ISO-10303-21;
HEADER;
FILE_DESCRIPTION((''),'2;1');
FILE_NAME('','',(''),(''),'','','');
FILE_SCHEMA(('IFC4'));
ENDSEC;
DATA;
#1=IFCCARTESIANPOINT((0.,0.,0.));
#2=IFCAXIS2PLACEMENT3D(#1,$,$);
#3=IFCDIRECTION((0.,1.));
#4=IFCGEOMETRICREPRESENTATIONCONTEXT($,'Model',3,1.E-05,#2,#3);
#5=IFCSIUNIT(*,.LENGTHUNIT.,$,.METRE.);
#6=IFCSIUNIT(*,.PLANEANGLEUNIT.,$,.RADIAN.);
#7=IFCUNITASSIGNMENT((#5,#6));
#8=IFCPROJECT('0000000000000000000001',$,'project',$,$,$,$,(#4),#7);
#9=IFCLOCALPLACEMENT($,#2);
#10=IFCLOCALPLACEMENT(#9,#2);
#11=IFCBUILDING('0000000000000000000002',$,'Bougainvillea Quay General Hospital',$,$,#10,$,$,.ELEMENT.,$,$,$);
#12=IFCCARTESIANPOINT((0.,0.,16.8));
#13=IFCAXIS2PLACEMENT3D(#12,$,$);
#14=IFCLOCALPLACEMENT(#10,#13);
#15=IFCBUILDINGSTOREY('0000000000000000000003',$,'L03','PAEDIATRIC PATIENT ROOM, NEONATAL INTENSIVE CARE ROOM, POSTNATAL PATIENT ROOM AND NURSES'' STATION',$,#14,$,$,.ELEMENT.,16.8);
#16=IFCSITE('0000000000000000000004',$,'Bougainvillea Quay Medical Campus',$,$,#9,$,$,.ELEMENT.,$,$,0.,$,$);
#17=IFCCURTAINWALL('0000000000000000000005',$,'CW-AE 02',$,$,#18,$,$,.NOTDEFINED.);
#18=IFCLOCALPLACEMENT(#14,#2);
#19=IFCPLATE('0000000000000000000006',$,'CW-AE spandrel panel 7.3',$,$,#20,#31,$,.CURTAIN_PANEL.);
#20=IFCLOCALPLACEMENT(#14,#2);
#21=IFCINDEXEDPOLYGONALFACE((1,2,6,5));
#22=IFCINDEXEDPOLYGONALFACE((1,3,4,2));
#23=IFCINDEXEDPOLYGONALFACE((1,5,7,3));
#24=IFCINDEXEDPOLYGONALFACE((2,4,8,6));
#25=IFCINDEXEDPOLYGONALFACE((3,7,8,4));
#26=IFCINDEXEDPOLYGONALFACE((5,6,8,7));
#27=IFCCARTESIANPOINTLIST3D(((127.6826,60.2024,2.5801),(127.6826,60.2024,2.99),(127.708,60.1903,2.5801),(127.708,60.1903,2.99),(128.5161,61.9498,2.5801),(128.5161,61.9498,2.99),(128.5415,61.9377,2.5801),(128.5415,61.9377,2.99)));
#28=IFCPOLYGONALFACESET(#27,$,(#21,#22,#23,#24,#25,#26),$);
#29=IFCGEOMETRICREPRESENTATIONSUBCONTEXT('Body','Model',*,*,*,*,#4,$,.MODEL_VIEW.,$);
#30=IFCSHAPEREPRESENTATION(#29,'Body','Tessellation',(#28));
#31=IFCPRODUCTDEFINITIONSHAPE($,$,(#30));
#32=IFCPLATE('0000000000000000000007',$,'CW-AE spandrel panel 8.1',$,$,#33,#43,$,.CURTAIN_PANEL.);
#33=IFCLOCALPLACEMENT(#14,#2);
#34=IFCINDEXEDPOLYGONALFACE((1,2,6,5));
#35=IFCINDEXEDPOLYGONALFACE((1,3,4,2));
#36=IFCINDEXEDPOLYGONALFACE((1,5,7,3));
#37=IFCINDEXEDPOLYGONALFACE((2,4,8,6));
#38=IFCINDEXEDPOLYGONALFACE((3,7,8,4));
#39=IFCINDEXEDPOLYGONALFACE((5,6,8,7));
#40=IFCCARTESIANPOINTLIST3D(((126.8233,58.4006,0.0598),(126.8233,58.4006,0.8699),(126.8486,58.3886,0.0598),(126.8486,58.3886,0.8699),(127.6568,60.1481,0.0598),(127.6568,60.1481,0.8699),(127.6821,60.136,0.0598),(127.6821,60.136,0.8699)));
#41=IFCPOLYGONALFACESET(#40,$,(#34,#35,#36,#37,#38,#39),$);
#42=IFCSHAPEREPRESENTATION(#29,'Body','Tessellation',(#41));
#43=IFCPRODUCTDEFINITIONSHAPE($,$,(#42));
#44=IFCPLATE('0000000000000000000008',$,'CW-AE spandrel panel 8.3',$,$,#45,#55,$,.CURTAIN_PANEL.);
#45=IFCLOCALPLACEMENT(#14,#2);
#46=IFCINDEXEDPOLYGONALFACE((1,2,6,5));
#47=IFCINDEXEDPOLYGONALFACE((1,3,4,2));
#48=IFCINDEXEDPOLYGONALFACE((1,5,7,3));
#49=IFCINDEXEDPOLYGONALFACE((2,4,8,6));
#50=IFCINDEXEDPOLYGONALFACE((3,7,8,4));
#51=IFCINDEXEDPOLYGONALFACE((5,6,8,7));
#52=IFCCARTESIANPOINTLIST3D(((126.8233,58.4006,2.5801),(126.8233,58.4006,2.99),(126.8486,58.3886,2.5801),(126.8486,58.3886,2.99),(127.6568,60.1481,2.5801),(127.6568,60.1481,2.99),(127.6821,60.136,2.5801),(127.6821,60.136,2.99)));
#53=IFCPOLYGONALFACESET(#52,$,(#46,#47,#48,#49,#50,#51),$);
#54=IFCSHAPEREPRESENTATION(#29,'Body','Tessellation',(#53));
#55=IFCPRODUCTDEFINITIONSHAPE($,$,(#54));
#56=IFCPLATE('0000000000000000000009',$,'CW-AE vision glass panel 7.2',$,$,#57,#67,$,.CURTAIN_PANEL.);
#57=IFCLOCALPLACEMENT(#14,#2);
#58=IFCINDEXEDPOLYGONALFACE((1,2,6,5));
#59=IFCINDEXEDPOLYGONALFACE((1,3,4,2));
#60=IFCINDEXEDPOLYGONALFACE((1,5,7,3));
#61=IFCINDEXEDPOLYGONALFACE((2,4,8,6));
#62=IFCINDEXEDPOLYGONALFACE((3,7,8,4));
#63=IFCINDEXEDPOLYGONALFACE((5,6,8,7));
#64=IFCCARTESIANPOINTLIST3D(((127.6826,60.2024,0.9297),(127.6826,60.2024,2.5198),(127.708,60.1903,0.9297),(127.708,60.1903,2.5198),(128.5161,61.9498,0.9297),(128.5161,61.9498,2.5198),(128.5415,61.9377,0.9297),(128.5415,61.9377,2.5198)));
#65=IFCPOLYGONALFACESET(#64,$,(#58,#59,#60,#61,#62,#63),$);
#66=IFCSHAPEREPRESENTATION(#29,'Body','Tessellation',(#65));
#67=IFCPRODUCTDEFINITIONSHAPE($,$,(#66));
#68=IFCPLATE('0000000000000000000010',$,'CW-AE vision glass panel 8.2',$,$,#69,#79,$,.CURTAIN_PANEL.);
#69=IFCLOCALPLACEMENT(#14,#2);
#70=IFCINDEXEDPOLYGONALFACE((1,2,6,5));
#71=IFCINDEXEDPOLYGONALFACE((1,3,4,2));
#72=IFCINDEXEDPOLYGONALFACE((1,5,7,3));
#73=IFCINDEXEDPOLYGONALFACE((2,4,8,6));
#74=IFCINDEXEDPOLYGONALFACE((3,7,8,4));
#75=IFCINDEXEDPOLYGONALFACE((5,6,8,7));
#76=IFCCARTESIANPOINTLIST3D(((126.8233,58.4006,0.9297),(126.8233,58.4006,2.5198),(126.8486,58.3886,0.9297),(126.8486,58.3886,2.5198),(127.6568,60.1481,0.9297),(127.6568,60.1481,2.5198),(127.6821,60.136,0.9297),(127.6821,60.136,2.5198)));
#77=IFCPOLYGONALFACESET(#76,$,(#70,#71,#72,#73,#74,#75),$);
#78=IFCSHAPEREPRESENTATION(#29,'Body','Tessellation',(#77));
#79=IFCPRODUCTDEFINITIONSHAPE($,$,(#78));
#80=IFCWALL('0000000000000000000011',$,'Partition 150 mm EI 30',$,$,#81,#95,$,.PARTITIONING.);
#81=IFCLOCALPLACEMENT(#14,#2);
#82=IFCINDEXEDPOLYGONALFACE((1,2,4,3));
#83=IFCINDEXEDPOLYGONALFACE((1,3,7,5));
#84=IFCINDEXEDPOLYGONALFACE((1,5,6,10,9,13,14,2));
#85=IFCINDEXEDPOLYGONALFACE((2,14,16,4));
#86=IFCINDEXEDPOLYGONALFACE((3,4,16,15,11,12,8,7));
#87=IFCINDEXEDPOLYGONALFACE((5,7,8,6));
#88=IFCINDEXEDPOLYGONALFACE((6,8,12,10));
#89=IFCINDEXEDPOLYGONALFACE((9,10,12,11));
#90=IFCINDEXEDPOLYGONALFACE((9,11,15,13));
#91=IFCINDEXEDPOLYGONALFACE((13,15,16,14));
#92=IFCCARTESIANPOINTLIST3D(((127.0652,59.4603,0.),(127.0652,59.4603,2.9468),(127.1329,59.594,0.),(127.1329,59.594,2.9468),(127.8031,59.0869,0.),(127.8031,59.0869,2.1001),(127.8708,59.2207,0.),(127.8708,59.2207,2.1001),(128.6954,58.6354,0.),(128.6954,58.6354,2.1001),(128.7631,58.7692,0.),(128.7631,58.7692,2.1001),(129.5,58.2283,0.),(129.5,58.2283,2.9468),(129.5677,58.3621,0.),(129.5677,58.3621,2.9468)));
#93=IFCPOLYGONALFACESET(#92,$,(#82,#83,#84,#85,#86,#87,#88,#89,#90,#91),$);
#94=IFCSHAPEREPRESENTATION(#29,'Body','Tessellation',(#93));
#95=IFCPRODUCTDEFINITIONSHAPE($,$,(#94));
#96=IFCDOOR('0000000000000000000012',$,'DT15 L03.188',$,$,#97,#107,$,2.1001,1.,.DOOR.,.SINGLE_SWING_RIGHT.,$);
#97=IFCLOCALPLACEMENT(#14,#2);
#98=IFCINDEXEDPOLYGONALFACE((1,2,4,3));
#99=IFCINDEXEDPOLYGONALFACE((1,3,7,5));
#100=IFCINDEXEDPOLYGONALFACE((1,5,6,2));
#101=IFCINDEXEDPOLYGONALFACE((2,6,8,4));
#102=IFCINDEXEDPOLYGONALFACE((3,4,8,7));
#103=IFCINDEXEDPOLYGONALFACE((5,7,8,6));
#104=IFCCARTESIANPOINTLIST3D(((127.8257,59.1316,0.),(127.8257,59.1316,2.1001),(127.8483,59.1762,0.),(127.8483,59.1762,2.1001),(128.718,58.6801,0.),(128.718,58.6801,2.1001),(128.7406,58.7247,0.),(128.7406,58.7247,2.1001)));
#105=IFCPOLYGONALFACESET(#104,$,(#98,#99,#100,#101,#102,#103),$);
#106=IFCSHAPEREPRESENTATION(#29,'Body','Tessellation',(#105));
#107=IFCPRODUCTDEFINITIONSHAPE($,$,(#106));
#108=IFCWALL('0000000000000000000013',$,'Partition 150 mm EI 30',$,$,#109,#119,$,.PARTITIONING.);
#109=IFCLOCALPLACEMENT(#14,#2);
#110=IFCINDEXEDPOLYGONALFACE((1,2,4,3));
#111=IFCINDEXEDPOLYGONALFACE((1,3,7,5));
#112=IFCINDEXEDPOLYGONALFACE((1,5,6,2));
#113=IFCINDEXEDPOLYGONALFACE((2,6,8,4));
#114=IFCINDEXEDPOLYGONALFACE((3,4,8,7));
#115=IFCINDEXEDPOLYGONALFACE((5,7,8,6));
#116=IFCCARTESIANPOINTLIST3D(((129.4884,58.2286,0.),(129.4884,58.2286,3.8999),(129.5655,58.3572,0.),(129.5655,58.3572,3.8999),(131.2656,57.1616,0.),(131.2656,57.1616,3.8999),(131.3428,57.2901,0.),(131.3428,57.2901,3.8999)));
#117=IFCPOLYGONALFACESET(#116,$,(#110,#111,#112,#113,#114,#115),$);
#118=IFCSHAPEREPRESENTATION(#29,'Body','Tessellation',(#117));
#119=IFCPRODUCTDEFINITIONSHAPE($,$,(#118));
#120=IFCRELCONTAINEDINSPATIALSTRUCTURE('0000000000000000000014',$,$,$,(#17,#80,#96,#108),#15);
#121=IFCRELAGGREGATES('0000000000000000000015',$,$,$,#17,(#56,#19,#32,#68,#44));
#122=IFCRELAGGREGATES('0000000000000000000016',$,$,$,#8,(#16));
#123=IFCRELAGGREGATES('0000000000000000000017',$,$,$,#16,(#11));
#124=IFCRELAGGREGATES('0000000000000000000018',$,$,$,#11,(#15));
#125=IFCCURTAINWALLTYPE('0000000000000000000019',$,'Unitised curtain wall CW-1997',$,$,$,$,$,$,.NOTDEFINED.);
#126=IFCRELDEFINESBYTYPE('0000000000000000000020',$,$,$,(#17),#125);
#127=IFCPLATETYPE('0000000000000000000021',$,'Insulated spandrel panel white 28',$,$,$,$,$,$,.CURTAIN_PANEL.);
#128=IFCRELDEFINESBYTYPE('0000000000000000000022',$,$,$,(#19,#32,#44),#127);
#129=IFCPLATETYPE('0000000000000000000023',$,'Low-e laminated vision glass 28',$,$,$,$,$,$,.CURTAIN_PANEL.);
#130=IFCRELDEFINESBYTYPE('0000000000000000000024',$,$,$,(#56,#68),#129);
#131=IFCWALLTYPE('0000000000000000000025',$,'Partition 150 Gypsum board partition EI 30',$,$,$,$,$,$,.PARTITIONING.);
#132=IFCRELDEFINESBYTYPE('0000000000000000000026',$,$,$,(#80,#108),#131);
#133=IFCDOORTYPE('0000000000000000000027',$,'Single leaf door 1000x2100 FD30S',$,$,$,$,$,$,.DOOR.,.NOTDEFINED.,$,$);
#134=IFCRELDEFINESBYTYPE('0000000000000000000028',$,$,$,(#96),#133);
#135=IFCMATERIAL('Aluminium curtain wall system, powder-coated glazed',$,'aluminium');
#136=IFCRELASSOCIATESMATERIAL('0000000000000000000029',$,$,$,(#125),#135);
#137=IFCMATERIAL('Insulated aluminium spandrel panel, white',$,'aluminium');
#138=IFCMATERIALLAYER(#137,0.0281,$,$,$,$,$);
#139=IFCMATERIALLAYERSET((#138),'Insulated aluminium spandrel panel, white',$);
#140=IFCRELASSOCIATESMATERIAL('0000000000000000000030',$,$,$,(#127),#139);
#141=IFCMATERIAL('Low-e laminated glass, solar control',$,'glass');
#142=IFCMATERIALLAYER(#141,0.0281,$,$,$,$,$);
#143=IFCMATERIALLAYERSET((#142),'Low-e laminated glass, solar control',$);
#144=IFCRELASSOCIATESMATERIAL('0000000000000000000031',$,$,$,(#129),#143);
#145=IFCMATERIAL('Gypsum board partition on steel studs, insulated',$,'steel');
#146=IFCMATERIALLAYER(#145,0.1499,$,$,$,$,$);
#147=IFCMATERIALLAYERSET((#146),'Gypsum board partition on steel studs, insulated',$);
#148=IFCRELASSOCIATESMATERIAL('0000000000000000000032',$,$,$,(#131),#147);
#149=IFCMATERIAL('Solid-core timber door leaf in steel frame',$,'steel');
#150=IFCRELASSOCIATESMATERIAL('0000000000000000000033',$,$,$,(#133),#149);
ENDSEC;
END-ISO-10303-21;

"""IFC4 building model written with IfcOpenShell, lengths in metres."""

from ifc_helpers import new_model, si_unit, direction, frame, frame_2d, origin, origin_2d, place, context, subcontext, project, spatial, rectangle, extrude, material, layer, layer_set, type_object, element, fill, aggregate, save


model = new_model("IFC4")

# Units and contexts
model_context = context("Model", 3, precision=1e-05, world=origin(), true_north=direction((0.0, 1.0)))
body_context = subcontext(model_context, "Body", "Model", "MODEL_VIEW")
ifc_project = project(units=[si_unit("LENGTHUNIT", "METRE"), si_unit("PLANEANGLEUNIT", "RADIAN")], contexts=[model_context])

# Site, building, storey
site_placement = place(None, origin())
site = spatial("IfcSite", under=ifc_project, at=site_placement, Name="Bougainvillea Quay Medical Campus", CompositionType="ELEMENT", RefElevation=0.0)
building_placement = place(site_placement, origin())
building = spatial("IfcBuilding", under=site, at=building_placement, Name="Bougainvillea Quay General Hospital", CompositionType="ELEMENT")
storey_placement = place(building_placement, frame((0.0, 0.0, 16.8)))
storey = spatial("IfcBuildingStorey", under=building, at=storey_placement, Name="L03", Description="PAEDIATRIC PATIENT ROOM, NEONATAL INTENSIVE CARE ROOM, POSTNATAL PATIENT ROOM AND NURSES' STATION", CompositionType="ELEMENT", Elevation=16.8)

# Curtain wall
ifc_material_1 = material(Name="Aluminium curtain wall system, powder-coated glazed", Category="aluminium")
curtain_wall_type = type_object("IfcCurtainWallType", Name="Unitised curtain wall CW-1997", PredefinedType="NOTDEFINED", material=ifc_material_1)
curtain_wall_placement = place(storey_placement, origin())
curtain_wall = element("IfcCurtainWall", 1, at=curtain_wall_placement, inside=storey, type_object=curtain_wall_type, Name="CW-AE 02", PredefinedType="NOTDEFINED")

# Plates
ifc_material_2 = material(Name="Insulated aluminium spandrel panel, white", Category="aluminium")
ifc_layer_1 = layer(ifc_material_2, 0.0281)
ifc_layer_set_1 = layer_set([ifc_layer_1], Name="Insulated aluminium spandrel panel, white")
plate_type_1 = type_object("IfcPlateType", Name="Insulated spandrel panel white 28", PredefinedType="CURTAIN_PANEL", material=ifc_layer_set_1)
plate_1_placement = place(storey_placement, frame((128.1121, 61.0701, 2.5801), z_axis=(0.0, 0.0, 1.0), x_axis=(-0.430525, -0.902578, 0.0)))
plate_1 = element("IfcPlate", 2, at=plate_1_placement, type_object=plate_type_1, Name="CW-AE spandrel panel 7.3", PredefinedType="CURTAIN_PANEL", context=body_context, shape_type="SweptSolid", body=[
    extrude(rectangle(XDim=1.936, YDim=0.0281, at=origin_2d()), origin(), (0.0, 0.0, 1.0), 0.4099),
])
plate_2_placement = place(storey_placement, frame((127.2527, 59.2683, 0.0598), z_axis=(0.0, 0.0, 1.0), x_axis=(-0.430525, -0.902578, 0.0)))
plate_2 = element("IfcPlate", 3, at=plate_2_placement, type_object=plate_type_1, Name="CW-AE spandrel panel 8.1", PredefinedType="CURTAIN_PANEL", context=body_context, shape_type="SweptSolid", body=[
    extrude(rectangle(XDim=1.936, YDim=0.0281, at=origin_2d()), origin(), (0.0, 0.0, 1.0), 0.8101),
])
plate_3_placement = place(storey_placement, frame((127.2527, 59.2683, 2.5801), z_axis=(0.0, 0.0, 1.0), x_axis=(-0.430525, -0.902578, 0.0)))
plate_3 = element("IfcPlate", 4, at=plate_3_placement, type_object=plate_type_1, Name="CW-AE spandrel panel 8.3", PredefinedType="CURTAIN_PANEL", context=body_context, shape_type="SweptSolid", body=[
    extrude(rectangle(XDim=1.936, YDim=0.0281, at=origin_2d()), origin(), (0.0, 0.0, 1.0), 0.4099),
])
ifc_material_3 = material(Name="Low-e laminated glass, solar control", Category="glass")
ifc_layer_2 = layer(ifc_material_3, 0.0281)
ifc_layer_set_2 = layer_set([ifc_layer_2], Name="Low-e laminated glass, solar control")
plate_type_2 = type_object("IfcPlateType", Name="Low-e laminated vision glass 28", PredefinedType="CURTAIN_PANEL", material=ifc_layer_set_2)
plate_4_placement = place(storey_placement, frame((128.1121, 61.0701, 0.9297), z_axis=(0.0, 0.0, 1.0), x_axis=(-0.430525, -0.902578, 0.0)))
plate_4 = element("IfcPlate", 5, at=plate_4_placement, type_object=plate_type_2, Name="CW-AE vision glass panel 7.2", PredefinedType="CURTAIN_PANEL", context=body_context, shape_type="SweptSolid", body=[
    extrude(rectangle(XDim=1.936, YDim=0.0281, at=origin_2d()), origin(), (0.0, 0.0, 1.0), 1.5901),
])
plate_5_placement = place(storey_placement, frame((127.2527, 59.2683, 0.9297), z_axis=(0.0, 0.0, 1.0), x_axis=(-0.430525, -0.902578, 0.0)))
plate_5 = element("IfcPlate", 6, at=plate_5_placement, type_object=plate_type_2, Name="CW-AE vision glass panel 8.2", PredefinedType="CURTAIN_PANEL", context=body_context, shape_type="SweptSolid", body=[
    extrude(rectangle(XDim=1.936, YDim=0.0281, at=origin_2d()), origin(), (0.0, 0.0, 1.0), 1.5901),
])
aggregate(curtain_wall, [plate_4, plate_1, plate_2, plate_5, plate_3])

# Wall, opening, door
ifc_material_4 = material(Name="Gypsum board partition on steel studs, insulated", Category="steel")
ifc_layer_3 = layer(ifc_material_4, 0.1499)
ifc_layer_set_3 = layer_set([ifc_layer_3], Name="Gypsum board partition on steel studs, insulated")
wall_type = type_object("IfcWallType", Name="Partition 150 Gypsum board partition EI 30", PredefinedType="PARTITIONING", material=ifc_layer_set_3)
wall_1_placement = place(storey_placement, frame((127.0991, 59.5271, 0.0), z_axis=(0.0, 0.0, 1.0), x_axis=(0.892288, -0.451467, 0.0)))
wall_1 = element("IfcWall", 7, at=wall_1_placement, inside=storey, type_object=wall_type, Name="Partition 150 mm EI 30", PredefinedType="PARTITIONING", context=body_context, shape_type="SweptSolid", body=[
    extrude(rectangle(XDim=2.7288, YDim=0.1499, at=frame_2d((1.3643, 0.0))), origin(), (0.0, 0.0, 1.0), 2.9468),
])
opening_placement = place(wall_1_placement, frame((0.8269, 0.0, 0.0)))
opening = element("IfcOpeningElement", 8, at=opening_placement, cuts=wall_1, PredefinedType="OPENING", context=body_context, shape_type="SweptSolid", body=[
    extrude(rectangle(XDim=1.0, YDim=2.1001, at=frame_2d((0.5, 1.05))), frame((0.0, 0.085, 0.0), z_axis=(0.0, -1.0, 0.0), x_axis=(1.0, 0.0, 0.0)), (0.0, 0.0, 1.0), 0.1699),
])
ifc_material_5 = material(Name="Solid-core timber door leaf in steel frame", Category="steel")
door_type = type_object("IfcDoorType", Name="Single leaf door 1000x2100 FD30S", OperationType="NOTDEFINED", PredefinedType="DOOR", material=ifc_material_5)
door_placement = place(opening_placement, frame((1.0, 0.0, 0.0), z_axis=(0.0, 0.0, 1.0), x_axis=(-1.0, 0.0, 0.0)))
door = element("IfcDoor", 9, at=door_placement, inside=storey, type_object=door_type, Name="DT15 L03.188", OperationType="SINGLE_SWING_RIGHT", OverallHeight=2.1001, OverallWidth=1.0, PredefinedType="DOOR", context=body_context, shape_type="SweptSolid", body=[
    extrude(rectangle(XDim=1.0, YDim=2.1001, at=frame_2d((0.5, 1.05))), frame((0.0, 0.0249, 0.0), z_axis=(0.0, -1.0, 0.0), x_axis=(1.0, 0.0, 0.0)), (0.0, 0.0, 1.0), 0.05),
])
fill(opening, door)

# Wall
wall_2_placement = place(storey_placement, frame((129.5269, 58.293, 0.0), z_axis=(0.0, 0.0, 1.0), x_axis=(0.857337, -0.514756, 0.0)))
element("IfcWall", 10, at=wall_2_placement, inside=storey, type_object=wall_type, Name="Partition 150 mm EI 30", PredefinedType="PARTITIONING", context=body_context, shape_type="SweptSolid", body=[
    extrude(rectangle(XDim=2.073, YDim=0.1499, at=frame_2d((1.0366, 0.0))), origin(), (0.0, 0.0, 1.0), 3.8999),
])

save(model, "model.ifc")
